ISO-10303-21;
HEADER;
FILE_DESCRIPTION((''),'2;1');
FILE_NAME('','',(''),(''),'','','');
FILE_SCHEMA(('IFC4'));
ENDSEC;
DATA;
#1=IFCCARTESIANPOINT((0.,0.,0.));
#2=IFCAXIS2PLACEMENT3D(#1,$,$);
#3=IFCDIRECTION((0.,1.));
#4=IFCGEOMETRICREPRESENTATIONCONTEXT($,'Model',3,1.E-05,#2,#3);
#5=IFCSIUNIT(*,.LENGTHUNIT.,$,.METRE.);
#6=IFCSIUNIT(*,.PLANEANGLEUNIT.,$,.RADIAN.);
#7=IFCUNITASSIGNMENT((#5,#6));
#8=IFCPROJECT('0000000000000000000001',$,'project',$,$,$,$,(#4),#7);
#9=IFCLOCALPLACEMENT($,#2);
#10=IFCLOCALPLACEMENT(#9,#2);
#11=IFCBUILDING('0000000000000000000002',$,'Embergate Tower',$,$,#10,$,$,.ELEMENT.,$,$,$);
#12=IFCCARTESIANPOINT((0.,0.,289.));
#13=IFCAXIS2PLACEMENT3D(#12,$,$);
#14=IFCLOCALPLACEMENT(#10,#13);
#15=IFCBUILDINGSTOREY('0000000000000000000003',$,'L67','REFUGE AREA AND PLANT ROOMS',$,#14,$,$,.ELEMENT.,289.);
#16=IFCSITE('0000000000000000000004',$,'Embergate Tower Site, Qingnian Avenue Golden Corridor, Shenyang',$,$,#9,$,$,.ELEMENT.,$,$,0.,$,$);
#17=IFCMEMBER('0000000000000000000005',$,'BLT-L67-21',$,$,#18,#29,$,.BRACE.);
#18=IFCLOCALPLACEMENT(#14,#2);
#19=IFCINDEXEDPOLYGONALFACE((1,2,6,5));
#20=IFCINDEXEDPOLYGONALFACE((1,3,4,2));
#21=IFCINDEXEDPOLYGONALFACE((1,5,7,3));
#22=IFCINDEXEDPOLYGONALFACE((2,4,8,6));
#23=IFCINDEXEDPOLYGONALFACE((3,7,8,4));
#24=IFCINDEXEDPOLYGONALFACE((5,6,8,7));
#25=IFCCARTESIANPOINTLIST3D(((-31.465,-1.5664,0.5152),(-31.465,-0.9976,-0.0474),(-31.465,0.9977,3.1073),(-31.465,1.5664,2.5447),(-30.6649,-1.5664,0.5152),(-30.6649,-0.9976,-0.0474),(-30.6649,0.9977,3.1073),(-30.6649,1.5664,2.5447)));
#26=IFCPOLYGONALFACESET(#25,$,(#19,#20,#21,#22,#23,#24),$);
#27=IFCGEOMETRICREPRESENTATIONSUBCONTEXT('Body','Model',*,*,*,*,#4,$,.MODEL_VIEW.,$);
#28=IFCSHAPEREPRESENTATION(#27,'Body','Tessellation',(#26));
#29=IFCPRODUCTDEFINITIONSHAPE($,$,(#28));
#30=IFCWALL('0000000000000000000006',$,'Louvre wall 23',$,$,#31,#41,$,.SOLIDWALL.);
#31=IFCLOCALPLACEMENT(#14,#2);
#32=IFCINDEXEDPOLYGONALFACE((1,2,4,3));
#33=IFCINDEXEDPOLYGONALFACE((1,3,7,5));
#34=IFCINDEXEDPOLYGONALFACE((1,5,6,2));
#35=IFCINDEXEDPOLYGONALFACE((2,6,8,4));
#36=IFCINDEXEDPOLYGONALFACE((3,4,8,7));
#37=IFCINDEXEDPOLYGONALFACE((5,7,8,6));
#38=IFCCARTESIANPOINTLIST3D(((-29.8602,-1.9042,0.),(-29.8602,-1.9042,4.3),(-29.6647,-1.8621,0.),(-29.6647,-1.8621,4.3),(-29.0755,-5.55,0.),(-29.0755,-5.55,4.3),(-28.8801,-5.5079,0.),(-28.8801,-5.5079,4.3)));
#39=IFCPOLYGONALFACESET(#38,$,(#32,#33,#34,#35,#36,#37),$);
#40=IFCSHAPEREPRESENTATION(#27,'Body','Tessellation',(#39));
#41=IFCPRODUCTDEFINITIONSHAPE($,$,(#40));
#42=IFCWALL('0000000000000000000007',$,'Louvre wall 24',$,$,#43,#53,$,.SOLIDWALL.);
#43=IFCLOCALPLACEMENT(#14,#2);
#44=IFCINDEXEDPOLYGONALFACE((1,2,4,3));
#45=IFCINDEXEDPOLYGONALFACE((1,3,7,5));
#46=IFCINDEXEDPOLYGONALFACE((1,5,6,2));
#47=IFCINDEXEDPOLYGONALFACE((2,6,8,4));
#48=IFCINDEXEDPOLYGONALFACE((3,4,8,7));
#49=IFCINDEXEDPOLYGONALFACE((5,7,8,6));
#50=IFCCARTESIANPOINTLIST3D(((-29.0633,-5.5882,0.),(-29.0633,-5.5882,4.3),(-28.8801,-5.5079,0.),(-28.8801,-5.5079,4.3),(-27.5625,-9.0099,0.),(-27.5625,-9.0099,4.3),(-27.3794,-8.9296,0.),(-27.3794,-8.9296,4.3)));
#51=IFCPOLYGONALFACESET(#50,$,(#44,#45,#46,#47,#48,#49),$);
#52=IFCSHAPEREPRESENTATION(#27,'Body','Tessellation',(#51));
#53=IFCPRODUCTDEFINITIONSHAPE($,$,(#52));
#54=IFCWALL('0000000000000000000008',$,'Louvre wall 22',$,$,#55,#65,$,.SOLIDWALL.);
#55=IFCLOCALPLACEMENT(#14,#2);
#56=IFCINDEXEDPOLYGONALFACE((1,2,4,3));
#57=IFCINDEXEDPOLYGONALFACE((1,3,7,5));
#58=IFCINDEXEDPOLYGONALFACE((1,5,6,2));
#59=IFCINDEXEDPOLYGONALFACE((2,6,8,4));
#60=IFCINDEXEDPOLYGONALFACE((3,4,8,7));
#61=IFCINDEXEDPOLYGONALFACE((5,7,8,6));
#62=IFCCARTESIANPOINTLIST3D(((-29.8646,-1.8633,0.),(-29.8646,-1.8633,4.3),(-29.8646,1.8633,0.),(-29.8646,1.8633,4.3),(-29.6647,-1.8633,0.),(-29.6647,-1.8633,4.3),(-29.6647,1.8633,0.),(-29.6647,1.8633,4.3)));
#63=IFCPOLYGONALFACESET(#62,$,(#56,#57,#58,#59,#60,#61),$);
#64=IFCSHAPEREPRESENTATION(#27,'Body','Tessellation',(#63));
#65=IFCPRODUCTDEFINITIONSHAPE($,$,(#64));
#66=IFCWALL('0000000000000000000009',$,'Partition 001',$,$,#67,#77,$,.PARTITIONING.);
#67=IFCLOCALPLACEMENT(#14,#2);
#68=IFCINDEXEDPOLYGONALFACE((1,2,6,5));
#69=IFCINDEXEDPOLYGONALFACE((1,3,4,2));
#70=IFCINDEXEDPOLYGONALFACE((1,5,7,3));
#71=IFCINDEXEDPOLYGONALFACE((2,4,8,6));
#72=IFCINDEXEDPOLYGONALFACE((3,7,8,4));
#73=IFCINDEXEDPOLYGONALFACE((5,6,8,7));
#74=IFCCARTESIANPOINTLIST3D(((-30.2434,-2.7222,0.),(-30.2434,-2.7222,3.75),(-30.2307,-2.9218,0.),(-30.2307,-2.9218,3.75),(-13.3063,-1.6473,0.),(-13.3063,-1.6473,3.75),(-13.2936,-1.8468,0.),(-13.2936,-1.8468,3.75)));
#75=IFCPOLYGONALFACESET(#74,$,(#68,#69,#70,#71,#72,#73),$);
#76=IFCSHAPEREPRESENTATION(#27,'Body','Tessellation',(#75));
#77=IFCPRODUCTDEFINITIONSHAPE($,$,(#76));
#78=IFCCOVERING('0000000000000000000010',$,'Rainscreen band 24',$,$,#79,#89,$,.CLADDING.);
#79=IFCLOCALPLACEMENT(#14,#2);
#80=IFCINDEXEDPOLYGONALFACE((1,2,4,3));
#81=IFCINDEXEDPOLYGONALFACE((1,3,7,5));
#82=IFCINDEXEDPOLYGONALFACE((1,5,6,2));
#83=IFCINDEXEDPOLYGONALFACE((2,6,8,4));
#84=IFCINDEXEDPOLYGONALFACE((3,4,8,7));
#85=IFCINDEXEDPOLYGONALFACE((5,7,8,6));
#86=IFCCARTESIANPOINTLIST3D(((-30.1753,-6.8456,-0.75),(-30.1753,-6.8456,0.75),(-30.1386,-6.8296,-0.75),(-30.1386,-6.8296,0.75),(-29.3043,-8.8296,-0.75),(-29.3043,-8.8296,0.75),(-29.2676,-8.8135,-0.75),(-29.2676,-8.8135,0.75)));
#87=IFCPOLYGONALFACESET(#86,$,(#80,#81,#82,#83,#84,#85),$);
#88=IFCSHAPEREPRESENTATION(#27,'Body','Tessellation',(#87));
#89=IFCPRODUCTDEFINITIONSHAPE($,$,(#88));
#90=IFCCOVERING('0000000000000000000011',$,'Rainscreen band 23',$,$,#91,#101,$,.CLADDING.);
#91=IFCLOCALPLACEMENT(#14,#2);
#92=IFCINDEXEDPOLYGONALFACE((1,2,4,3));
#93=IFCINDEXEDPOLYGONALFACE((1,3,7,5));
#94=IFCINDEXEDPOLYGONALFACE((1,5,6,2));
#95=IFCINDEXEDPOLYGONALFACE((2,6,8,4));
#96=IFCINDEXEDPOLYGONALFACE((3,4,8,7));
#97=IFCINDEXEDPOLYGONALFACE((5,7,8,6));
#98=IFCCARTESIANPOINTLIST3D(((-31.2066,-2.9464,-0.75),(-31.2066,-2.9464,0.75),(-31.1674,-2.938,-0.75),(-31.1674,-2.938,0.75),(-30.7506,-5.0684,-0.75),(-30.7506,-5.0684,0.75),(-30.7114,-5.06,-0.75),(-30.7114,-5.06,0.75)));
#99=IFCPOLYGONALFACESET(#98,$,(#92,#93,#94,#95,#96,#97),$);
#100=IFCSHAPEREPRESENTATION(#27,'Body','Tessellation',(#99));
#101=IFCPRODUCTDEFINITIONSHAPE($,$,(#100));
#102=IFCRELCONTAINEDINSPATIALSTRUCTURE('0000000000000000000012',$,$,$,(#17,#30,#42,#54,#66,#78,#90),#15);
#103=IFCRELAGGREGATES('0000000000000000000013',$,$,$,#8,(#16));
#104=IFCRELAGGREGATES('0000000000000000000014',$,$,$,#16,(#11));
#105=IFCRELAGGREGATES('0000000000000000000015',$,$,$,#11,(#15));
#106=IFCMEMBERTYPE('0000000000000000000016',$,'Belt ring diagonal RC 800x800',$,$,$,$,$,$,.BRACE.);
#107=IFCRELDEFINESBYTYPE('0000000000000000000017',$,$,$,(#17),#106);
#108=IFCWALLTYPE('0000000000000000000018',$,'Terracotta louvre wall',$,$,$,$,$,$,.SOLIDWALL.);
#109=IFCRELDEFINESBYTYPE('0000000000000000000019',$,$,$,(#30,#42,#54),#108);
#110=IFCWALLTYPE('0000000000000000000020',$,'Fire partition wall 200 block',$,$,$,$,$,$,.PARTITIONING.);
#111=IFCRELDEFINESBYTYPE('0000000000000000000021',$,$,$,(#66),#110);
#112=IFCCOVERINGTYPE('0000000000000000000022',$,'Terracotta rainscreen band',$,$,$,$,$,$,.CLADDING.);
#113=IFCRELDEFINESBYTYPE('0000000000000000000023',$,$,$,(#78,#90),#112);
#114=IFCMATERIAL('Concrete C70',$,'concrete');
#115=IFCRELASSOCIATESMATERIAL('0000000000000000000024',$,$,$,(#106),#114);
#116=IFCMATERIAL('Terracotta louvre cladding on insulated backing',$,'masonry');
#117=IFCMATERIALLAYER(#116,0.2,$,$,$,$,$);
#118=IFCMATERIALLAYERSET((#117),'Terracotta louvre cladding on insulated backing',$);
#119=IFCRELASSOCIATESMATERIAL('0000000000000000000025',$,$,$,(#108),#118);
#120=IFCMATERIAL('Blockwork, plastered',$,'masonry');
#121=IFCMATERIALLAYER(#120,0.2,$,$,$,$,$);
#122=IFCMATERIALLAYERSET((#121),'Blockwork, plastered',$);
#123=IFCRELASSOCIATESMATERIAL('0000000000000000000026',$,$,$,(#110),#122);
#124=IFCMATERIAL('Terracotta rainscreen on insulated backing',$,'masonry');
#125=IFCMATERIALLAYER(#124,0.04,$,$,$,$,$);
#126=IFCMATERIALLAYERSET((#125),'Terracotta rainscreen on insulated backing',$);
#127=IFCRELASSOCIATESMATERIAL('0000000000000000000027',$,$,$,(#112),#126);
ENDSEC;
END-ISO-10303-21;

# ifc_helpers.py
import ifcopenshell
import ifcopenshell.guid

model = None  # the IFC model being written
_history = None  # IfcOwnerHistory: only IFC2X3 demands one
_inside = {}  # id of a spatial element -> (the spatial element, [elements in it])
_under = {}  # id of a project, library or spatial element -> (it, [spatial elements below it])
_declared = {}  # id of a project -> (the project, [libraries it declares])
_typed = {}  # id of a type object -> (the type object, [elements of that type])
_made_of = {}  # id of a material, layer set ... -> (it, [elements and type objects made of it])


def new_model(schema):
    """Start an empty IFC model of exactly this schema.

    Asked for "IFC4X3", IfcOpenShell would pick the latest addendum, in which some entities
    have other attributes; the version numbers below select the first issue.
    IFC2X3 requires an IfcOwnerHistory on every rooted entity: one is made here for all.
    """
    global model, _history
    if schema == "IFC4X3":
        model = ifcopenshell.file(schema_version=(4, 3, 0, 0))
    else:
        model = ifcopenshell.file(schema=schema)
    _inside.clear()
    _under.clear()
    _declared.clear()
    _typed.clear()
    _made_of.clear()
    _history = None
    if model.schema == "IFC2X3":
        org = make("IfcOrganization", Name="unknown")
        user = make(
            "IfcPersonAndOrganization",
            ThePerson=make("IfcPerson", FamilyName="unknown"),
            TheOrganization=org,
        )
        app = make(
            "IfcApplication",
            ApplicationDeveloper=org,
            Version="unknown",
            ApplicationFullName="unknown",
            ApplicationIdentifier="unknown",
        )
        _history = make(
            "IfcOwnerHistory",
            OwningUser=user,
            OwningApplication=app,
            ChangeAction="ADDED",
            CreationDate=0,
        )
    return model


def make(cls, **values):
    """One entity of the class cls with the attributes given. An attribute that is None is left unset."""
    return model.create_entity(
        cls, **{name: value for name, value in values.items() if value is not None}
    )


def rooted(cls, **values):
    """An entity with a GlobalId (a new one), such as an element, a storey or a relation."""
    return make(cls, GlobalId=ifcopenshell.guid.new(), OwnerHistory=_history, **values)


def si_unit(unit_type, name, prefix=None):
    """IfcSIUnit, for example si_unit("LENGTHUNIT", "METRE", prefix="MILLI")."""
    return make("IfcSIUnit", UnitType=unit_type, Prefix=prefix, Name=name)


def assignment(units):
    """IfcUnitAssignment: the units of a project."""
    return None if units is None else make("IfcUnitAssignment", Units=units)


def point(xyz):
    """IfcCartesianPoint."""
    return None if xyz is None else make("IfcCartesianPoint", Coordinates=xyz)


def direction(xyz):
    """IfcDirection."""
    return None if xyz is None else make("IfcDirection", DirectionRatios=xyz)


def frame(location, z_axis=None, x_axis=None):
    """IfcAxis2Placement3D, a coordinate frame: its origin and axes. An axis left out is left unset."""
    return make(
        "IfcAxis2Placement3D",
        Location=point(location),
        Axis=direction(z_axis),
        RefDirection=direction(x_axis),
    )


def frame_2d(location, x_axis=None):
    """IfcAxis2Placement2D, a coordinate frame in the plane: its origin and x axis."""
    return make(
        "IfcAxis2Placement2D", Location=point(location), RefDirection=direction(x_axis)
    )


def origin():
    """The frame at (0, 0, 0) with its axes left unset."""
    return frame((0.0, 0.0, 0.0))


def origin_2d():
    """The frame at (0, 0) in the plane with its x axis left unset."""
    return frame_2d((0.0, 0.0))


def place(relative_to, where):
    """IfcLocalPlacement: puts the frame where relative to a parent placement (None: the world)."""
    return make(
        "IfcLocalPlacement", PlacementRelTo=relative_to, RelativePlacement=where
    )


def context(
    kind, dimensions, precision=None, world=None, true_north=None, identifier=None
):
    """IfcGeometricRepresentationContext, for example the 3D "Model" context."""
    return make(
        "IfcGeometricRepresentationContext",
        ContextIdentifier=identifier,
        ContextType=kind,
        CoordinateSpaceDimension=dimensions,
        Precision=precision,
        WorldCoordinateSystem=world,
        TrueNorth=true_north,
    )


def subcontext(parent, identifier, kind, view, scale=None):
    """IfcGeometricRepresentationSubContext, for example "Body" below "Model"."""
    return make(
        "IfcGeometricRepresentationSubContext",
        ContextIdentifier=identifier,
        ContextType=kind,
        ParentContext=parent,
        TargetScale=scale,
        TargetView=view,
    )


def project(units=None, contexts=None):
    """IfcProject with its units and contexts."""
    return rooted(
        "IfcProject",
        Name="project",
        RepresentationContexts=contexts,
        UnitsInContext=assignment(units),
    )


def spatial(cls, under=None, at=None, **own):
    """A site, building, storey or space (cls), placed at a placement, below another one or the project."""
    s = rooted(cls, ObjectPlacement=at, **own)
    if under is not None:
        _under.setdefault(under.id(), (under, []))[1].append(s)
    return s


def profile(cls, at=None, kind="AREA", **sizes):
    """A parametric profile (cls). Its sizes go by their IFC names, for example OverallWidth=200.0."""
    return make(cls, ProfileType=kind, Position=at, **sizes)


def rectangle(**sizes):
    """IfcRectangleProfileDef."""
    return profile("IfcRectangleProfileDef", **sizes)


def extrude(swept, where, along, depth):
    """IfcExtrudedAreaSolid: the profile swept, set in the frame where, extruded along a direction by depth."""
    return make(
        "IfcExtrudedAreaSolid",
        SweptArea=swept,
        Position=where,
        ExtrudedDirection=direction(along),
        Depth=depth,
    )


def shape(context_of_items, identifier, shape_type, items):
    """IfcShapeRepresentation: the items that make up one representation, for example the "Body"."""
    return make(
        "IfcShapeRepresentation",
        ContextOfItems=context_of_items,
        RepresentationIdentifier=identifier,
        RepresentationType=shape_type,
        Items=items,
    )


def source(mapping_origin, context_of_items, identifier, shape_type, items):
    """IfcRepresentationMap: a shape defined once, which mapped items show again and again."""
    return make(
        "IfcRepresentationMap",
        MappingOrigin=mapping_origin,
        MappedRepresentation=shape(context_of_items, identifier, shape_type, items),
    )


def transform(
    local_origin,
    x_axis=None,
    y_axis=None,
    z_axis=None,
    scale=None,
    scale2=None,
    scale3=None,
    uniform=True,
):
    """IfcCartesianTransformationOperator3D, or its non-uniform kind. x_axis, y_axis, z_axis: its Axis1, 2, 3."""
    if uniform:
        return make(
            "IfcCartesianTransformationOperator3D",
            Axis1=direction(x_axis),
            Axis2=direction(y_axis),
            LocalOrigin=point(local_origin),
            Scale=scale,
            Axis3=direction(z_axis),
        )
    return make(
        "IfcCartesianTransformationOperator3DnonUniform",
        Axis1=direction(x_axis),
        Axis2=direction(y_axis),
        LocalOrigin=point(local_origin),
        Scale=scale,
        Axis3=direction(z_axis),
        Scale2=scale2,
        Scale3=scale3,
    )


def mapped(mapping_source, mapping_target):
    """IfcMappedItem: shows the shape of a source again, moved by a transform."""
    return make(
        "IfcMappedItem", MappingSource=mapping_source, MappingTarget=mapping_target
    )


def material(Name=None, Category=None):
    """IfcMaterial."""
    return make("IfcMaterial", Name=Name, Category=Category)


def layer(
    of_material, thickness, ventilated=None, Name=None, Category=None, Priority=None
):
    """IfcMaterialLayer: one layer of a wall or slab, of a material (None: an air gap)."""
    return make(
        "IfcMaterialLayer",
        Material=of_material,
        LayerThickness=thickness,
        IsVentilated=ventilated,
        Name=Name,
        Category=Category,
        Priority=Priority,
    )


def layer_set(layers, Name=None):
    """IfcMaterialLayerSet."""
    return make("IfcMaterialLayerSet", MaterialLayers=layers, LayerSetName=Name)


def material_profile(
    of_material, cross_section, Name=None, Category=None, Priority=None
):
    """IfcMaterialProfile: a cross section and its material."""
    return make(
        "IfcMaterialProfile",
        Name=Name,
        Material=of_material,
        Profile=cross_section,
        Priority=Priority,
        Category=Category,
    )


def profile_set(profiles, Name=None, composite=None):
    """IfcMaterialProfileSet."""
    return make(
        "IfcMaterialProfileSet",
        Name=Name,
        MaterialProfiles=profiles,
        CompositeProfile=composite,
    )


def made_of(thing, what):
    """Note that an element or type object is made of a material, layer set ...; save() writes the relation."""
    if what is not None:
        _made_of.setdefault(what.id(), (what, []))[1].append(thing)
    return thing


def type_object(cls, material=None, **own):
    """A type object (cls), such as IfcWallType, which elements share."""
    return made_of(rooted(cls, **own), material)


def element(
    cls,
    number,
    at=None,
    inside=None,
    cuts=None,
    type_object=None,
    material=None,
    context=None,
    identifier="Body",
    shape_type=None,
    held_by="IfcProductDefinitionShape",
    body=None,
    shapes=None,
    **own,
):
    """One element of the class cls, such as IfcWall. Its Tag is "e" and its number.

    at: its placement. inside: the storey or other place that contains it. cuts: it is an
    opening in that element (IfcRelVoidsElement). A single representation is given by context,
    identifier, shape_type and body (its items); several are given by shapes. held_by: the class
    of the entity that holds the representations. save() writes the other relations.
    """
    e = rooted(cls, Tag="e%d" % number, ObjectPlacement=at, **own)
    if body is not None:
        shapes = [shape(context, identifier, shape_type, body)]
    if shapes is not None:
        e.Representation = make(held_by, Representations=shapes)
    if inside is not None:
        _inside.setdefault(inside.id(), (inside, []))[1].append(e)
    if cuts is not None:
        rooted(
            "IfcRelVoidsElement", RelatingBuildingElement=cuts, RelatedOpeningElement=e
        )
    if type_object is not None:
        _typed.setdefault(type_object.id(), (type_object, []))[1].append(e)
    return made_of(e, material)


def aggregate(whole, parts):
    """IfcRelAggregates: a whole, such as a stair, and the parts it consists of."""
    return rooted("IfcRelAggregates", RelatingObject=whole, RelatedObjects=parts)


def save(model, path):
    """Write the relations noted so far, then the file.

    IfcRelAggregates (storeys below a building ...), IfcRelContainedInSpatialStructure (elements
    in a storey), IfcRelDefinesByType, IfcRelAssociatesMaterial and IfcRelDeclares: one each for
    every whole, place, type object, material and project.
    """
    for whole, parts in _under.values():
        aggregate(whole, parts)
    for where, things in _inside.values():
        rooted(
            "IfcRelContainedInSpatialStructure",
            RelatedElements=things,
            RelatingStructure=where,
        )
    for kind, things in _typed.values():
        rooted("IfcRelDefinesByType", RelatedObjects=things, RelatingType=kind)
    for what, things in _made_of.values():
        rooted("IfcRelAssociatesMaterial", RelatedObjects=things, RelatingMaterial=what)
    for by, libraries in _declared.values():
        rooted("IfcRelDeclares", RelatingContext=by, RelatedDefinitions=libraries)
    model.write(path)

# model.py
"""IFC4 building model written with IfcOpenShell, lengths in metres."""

from ifc_helpers import new_model, si_unit, direction, frame, frame_2d, origin, origin_2d, place, context, subcontext, project, spatial, rectangle, extrude, source, transform, mapped, material, layer, layer_set, material_profile, profile_set, type_object, element, save


model = new_model("IFC4")

# Units and contexts
model_context = context("Model", 3, precision=1e-05, world=origin(), true_north=direction((0.0, 1.0)))
body_context = subcontext(model_context, "Body", "Model", "MODEL_VIEW")
ifc_project = project(units=[si_unit("LENGTHUNIT", "METRE"), si_unit("PLANEANGLEUNIT", "RADIAN")], contexts=[model_context])

# Site, building, storey
site_placement = place(None, origin())
site = spatial("IfcSite", under=ifc_project, at=site_placement, Name="Embergate Tower Site, Qingnian Avenue Golden Corridor, Shenyang", CompositionType="ELEMENT", RefElevation=0.0)
building_placement = place(site_placement, origin())
building = spatial("IfcBuilding", under=site, at=building_placement, Name="Embergate Tower", CompositionType="ELEMENT")
storey_placement = place(building_placement, frame((0.0, 0.0, 289.0)))
storey = spatial("IfcBuildingStorey", under=building, at=storey_placement, Name="L67", Description="REFUGE AREA AND PLANT ROOMS", CompositionType="ELEMENT", Elevation=289.0)

# Member
ifc_material_1 = material(Name="Concrete C70", Category="concrete")
ifc_material_profile_1 = material_profile(ifc_material_1, rectangle(XDim=0.8, YDim=0.8, at=origin_2d()), Name="RC 800x800")
ifc_profile_set_1 = profile_set([ifc_material_profile_1], Name="Concrete C70")
member_type_1 = type_object("IfcMemberType", Name="Belt ring diagonal RC 800x800", PredefinedType="BRACE", material=ifc_profile_set_1)
shared_shape_1 = source(origin(), body_context, "Body", "SweptSolid", [
    extrude(rectangle(XDim=0.8, YDim=0.8, at=origin_2d()), origin(), (0.0, 0.0, 1.0), 3.646),
])
member_1_placement = place(storey_placement, frame((-31.0649, -1.282, 0.2339), z_axis=(0.0, 0.703246, 0.710947), x_axis=(-1.0, 0.0, 0.0)))
element("IfcMember", 1, at=member_1_placement, inside=storey, type_object=member_type_1, Name="BLT-L67-21", PredefinedType="BRACE", context=body_context, shape_type="MappedRepresentation", body=[
    mapped(shared_shape_1, transform((0.0, 0.0, 0.0))),
])

# Walls
ifc_material_2 = material(Name="Terracotta louvre cladding on insulated backing", Category="masonry")
ifc_layer_1 = layer(ifc_material_2, 0.2)
ifc_layer_set_1 = layer_set([ifc_layer_1], Name="Terracotta louvre cladding on insulated backing")
wall_type_1 = type_object("IfcWallType", Name="Terracotta louvre wall", PredefinedType="SOLIDWALL", material=ifc_layer_set_1)
shared_shape_2 = source(origin(), body_context, "Body", "SweptSolid", [
    extrude(rectangle(XDim=3.7292, YDim=0.2, at=frame_2d((1.8647, 0.0))), origin(), (0.0, 0.0, 1.0), 4.3),
])
wall_1_placement = place(storey_placement, frame((-28.9778, -5.5291, 0.0), z_axis=(0.0, 0.0, 1.0), x_axis=(-0.21041, 0.977613, 0.0)))
element("IfcWall", 2, at=wall_1_placement, inside=storey, type_object=wall_type_1, Name="Louvre wall 23", PredefinedType="SOLIDWALL", context=body_context, shape_type="MappedRepresentation", body=[
    mapped(shared_shape_2, transform((0.0, 0.0, 0.0))),
])
shared_shape_3 = source(origin(), body_context, "Body", "SweptSolid", [
    extrude(rectangle(XDim=3.7363, YDim=0.2, at=frame_2d((1.8682, 0.0))), origin(), (0.0, 0.0, 1.0), 4.3),
])
wall_2_placement = place(storey_placement, frame((-27.4709, -8.9697, 0.0), z_axis=(0.0, 0.0, 1.0), x_axis=(-0.401665, 0.915787, 0.0)))
element("IfcWall", 3, at=wall_2_placement, inside=storey, type_object=wall_type_1, Name="Louvre wall 24", PredefinedType="SOLIDWALL", context=body_context, shape_type="MappedRepresentation", body=[
    mapped(shared_shape_3, transform((0.0, 0.0, 0.0))),
])
shared_shape_4 = source(origin(), body_context, "Body", "SweptSolid", [
    extrude(rectangle(XDim=3.7266, YDim=0.2, at=frame_2d((1.8633, 0.0))), origin(), (0.0, 0.0, 1.0), 4.3),
])
wall_3_placement = place(storey_placement, frame((-29.7646, -1.8633, 0.0), z_axis=(0.0, 0.0, 1.0), x_axis=(0.0, 1.0, 0.0)))
element("IfcWall", 4, at=wall_3_placement, inside=storey, type_object=wall_type_1, Name="Louvre wall 22", PredefinedType="SOLIDWALL", context=body_context, shape_type="MappedRepresentation", body=[
    mapped(shared_shape_4, transform((0.0, 0.0, 0.0))),
])
ifc_material_3 = material(Name="Blockwork, plastered", Category="masonry")
ifc_layer_2 = layer(ifc_material_3, 0.2)
ifc_layer_set_2 = layer_set([ifc_layer_2], Name="Blockwork, plastered")
wall_type_2 = type_object("IfcWallType", Name="Fire partition wall 200 block", PredefinedType="PARTITIONING", material=ifc_layer_set_2)
shared_shape_5 = source(origin(), body_context, "Body", "SweptSolid", [
    extrude(rectangle(XDim=16.9712, YDim=0.2, at=frame_2d((8.4856, 0.0))), origin(), (0.0, 0.0, 1.0), 3.75),
])
wall_4_placement = place(storey_placement, frame((-30.2371, -2.822, 0.0), z_axis=(0.0, 0.0, 1.0), x_axis=(0.997992, 0.06334, 0.0)))
element("IfcWall", 5, at=wall_4_placement, inside=storey, type_object=wall_type_2, Name="Partition 001", PredefinedType="PARTITIONING", context=body_context, shape_type="MappedRepresentation", body=[
    mapped(shared_shape_5, transform((0.0, 0.0, 0.0))),
])

# Coverings
ifc_material_4 = material(Name="Terracotta rainscreen on insulated backing", Category="masonry")
ifc_layer_3 = layer(ifc_material_4, 0.04)
ifc_layer_set_3 = layer_set([ifc_layer_3], Name="Terracotta rainscreen on insulated backing")
covering_type = type_object("IfcCoveringType", Name="Terracotta rainscreen band", PredefinedType="CLADDING", material=ifc_layer_set_3)
shared_shape_6 = source(origin(), body_context, "Body", "SweptSolid", [
    extrude(rectangle(XDim=2.1667, YDim=0.04, at=origin_2d()), origin(), (0.0, 0.0, 1.0), 1.5),
])
covering_1_placement = place(storey_placement, frame((-29.7214, -7.8296, -0.75), z_axis=(0.0, 0.0, 1.0), x_axis=(0.401981, -0.915648, 0.0)))
element("IfcCovering", 6, at=covering_1_placement, inside=storey, type_object=covering_type, Name="Rainscreen band 24", PredefinedType="CLADDING", context=body_context, shape_type="MappedRepresentation", body=[
    mapped(shared_shape_6, transform((0.0, 0.0, 0.0))),
])
shared_shape_7 = source(origin(), body_context, "Body", "SweptSolid", [
    extrude(rectangle(XDim=2.1704, YDim=0.04, at=origin_2d()), origin(), (0.0, 0.0, 1.0), 1.5),
])
covering_2_placement = place(storey_placement, frame((-30.959, -4.0032, -0.75), z_axis=(0.0, 0.0, 1.0), x_axis=(0.210095, -0.977681, 0.0)))
element("IfcCovering", 7, at=covering_2_placement, inside=storey, type_object=covering_type, Name="Rainscreen band 23", PredefinedType="CLADDING", context=body_context, shape_type="MappedRepresentation", body=[
    mapped(shared_shape_7, transform((0.0, 0.0, 0.0))),
])

save(model, "model.ifc")
